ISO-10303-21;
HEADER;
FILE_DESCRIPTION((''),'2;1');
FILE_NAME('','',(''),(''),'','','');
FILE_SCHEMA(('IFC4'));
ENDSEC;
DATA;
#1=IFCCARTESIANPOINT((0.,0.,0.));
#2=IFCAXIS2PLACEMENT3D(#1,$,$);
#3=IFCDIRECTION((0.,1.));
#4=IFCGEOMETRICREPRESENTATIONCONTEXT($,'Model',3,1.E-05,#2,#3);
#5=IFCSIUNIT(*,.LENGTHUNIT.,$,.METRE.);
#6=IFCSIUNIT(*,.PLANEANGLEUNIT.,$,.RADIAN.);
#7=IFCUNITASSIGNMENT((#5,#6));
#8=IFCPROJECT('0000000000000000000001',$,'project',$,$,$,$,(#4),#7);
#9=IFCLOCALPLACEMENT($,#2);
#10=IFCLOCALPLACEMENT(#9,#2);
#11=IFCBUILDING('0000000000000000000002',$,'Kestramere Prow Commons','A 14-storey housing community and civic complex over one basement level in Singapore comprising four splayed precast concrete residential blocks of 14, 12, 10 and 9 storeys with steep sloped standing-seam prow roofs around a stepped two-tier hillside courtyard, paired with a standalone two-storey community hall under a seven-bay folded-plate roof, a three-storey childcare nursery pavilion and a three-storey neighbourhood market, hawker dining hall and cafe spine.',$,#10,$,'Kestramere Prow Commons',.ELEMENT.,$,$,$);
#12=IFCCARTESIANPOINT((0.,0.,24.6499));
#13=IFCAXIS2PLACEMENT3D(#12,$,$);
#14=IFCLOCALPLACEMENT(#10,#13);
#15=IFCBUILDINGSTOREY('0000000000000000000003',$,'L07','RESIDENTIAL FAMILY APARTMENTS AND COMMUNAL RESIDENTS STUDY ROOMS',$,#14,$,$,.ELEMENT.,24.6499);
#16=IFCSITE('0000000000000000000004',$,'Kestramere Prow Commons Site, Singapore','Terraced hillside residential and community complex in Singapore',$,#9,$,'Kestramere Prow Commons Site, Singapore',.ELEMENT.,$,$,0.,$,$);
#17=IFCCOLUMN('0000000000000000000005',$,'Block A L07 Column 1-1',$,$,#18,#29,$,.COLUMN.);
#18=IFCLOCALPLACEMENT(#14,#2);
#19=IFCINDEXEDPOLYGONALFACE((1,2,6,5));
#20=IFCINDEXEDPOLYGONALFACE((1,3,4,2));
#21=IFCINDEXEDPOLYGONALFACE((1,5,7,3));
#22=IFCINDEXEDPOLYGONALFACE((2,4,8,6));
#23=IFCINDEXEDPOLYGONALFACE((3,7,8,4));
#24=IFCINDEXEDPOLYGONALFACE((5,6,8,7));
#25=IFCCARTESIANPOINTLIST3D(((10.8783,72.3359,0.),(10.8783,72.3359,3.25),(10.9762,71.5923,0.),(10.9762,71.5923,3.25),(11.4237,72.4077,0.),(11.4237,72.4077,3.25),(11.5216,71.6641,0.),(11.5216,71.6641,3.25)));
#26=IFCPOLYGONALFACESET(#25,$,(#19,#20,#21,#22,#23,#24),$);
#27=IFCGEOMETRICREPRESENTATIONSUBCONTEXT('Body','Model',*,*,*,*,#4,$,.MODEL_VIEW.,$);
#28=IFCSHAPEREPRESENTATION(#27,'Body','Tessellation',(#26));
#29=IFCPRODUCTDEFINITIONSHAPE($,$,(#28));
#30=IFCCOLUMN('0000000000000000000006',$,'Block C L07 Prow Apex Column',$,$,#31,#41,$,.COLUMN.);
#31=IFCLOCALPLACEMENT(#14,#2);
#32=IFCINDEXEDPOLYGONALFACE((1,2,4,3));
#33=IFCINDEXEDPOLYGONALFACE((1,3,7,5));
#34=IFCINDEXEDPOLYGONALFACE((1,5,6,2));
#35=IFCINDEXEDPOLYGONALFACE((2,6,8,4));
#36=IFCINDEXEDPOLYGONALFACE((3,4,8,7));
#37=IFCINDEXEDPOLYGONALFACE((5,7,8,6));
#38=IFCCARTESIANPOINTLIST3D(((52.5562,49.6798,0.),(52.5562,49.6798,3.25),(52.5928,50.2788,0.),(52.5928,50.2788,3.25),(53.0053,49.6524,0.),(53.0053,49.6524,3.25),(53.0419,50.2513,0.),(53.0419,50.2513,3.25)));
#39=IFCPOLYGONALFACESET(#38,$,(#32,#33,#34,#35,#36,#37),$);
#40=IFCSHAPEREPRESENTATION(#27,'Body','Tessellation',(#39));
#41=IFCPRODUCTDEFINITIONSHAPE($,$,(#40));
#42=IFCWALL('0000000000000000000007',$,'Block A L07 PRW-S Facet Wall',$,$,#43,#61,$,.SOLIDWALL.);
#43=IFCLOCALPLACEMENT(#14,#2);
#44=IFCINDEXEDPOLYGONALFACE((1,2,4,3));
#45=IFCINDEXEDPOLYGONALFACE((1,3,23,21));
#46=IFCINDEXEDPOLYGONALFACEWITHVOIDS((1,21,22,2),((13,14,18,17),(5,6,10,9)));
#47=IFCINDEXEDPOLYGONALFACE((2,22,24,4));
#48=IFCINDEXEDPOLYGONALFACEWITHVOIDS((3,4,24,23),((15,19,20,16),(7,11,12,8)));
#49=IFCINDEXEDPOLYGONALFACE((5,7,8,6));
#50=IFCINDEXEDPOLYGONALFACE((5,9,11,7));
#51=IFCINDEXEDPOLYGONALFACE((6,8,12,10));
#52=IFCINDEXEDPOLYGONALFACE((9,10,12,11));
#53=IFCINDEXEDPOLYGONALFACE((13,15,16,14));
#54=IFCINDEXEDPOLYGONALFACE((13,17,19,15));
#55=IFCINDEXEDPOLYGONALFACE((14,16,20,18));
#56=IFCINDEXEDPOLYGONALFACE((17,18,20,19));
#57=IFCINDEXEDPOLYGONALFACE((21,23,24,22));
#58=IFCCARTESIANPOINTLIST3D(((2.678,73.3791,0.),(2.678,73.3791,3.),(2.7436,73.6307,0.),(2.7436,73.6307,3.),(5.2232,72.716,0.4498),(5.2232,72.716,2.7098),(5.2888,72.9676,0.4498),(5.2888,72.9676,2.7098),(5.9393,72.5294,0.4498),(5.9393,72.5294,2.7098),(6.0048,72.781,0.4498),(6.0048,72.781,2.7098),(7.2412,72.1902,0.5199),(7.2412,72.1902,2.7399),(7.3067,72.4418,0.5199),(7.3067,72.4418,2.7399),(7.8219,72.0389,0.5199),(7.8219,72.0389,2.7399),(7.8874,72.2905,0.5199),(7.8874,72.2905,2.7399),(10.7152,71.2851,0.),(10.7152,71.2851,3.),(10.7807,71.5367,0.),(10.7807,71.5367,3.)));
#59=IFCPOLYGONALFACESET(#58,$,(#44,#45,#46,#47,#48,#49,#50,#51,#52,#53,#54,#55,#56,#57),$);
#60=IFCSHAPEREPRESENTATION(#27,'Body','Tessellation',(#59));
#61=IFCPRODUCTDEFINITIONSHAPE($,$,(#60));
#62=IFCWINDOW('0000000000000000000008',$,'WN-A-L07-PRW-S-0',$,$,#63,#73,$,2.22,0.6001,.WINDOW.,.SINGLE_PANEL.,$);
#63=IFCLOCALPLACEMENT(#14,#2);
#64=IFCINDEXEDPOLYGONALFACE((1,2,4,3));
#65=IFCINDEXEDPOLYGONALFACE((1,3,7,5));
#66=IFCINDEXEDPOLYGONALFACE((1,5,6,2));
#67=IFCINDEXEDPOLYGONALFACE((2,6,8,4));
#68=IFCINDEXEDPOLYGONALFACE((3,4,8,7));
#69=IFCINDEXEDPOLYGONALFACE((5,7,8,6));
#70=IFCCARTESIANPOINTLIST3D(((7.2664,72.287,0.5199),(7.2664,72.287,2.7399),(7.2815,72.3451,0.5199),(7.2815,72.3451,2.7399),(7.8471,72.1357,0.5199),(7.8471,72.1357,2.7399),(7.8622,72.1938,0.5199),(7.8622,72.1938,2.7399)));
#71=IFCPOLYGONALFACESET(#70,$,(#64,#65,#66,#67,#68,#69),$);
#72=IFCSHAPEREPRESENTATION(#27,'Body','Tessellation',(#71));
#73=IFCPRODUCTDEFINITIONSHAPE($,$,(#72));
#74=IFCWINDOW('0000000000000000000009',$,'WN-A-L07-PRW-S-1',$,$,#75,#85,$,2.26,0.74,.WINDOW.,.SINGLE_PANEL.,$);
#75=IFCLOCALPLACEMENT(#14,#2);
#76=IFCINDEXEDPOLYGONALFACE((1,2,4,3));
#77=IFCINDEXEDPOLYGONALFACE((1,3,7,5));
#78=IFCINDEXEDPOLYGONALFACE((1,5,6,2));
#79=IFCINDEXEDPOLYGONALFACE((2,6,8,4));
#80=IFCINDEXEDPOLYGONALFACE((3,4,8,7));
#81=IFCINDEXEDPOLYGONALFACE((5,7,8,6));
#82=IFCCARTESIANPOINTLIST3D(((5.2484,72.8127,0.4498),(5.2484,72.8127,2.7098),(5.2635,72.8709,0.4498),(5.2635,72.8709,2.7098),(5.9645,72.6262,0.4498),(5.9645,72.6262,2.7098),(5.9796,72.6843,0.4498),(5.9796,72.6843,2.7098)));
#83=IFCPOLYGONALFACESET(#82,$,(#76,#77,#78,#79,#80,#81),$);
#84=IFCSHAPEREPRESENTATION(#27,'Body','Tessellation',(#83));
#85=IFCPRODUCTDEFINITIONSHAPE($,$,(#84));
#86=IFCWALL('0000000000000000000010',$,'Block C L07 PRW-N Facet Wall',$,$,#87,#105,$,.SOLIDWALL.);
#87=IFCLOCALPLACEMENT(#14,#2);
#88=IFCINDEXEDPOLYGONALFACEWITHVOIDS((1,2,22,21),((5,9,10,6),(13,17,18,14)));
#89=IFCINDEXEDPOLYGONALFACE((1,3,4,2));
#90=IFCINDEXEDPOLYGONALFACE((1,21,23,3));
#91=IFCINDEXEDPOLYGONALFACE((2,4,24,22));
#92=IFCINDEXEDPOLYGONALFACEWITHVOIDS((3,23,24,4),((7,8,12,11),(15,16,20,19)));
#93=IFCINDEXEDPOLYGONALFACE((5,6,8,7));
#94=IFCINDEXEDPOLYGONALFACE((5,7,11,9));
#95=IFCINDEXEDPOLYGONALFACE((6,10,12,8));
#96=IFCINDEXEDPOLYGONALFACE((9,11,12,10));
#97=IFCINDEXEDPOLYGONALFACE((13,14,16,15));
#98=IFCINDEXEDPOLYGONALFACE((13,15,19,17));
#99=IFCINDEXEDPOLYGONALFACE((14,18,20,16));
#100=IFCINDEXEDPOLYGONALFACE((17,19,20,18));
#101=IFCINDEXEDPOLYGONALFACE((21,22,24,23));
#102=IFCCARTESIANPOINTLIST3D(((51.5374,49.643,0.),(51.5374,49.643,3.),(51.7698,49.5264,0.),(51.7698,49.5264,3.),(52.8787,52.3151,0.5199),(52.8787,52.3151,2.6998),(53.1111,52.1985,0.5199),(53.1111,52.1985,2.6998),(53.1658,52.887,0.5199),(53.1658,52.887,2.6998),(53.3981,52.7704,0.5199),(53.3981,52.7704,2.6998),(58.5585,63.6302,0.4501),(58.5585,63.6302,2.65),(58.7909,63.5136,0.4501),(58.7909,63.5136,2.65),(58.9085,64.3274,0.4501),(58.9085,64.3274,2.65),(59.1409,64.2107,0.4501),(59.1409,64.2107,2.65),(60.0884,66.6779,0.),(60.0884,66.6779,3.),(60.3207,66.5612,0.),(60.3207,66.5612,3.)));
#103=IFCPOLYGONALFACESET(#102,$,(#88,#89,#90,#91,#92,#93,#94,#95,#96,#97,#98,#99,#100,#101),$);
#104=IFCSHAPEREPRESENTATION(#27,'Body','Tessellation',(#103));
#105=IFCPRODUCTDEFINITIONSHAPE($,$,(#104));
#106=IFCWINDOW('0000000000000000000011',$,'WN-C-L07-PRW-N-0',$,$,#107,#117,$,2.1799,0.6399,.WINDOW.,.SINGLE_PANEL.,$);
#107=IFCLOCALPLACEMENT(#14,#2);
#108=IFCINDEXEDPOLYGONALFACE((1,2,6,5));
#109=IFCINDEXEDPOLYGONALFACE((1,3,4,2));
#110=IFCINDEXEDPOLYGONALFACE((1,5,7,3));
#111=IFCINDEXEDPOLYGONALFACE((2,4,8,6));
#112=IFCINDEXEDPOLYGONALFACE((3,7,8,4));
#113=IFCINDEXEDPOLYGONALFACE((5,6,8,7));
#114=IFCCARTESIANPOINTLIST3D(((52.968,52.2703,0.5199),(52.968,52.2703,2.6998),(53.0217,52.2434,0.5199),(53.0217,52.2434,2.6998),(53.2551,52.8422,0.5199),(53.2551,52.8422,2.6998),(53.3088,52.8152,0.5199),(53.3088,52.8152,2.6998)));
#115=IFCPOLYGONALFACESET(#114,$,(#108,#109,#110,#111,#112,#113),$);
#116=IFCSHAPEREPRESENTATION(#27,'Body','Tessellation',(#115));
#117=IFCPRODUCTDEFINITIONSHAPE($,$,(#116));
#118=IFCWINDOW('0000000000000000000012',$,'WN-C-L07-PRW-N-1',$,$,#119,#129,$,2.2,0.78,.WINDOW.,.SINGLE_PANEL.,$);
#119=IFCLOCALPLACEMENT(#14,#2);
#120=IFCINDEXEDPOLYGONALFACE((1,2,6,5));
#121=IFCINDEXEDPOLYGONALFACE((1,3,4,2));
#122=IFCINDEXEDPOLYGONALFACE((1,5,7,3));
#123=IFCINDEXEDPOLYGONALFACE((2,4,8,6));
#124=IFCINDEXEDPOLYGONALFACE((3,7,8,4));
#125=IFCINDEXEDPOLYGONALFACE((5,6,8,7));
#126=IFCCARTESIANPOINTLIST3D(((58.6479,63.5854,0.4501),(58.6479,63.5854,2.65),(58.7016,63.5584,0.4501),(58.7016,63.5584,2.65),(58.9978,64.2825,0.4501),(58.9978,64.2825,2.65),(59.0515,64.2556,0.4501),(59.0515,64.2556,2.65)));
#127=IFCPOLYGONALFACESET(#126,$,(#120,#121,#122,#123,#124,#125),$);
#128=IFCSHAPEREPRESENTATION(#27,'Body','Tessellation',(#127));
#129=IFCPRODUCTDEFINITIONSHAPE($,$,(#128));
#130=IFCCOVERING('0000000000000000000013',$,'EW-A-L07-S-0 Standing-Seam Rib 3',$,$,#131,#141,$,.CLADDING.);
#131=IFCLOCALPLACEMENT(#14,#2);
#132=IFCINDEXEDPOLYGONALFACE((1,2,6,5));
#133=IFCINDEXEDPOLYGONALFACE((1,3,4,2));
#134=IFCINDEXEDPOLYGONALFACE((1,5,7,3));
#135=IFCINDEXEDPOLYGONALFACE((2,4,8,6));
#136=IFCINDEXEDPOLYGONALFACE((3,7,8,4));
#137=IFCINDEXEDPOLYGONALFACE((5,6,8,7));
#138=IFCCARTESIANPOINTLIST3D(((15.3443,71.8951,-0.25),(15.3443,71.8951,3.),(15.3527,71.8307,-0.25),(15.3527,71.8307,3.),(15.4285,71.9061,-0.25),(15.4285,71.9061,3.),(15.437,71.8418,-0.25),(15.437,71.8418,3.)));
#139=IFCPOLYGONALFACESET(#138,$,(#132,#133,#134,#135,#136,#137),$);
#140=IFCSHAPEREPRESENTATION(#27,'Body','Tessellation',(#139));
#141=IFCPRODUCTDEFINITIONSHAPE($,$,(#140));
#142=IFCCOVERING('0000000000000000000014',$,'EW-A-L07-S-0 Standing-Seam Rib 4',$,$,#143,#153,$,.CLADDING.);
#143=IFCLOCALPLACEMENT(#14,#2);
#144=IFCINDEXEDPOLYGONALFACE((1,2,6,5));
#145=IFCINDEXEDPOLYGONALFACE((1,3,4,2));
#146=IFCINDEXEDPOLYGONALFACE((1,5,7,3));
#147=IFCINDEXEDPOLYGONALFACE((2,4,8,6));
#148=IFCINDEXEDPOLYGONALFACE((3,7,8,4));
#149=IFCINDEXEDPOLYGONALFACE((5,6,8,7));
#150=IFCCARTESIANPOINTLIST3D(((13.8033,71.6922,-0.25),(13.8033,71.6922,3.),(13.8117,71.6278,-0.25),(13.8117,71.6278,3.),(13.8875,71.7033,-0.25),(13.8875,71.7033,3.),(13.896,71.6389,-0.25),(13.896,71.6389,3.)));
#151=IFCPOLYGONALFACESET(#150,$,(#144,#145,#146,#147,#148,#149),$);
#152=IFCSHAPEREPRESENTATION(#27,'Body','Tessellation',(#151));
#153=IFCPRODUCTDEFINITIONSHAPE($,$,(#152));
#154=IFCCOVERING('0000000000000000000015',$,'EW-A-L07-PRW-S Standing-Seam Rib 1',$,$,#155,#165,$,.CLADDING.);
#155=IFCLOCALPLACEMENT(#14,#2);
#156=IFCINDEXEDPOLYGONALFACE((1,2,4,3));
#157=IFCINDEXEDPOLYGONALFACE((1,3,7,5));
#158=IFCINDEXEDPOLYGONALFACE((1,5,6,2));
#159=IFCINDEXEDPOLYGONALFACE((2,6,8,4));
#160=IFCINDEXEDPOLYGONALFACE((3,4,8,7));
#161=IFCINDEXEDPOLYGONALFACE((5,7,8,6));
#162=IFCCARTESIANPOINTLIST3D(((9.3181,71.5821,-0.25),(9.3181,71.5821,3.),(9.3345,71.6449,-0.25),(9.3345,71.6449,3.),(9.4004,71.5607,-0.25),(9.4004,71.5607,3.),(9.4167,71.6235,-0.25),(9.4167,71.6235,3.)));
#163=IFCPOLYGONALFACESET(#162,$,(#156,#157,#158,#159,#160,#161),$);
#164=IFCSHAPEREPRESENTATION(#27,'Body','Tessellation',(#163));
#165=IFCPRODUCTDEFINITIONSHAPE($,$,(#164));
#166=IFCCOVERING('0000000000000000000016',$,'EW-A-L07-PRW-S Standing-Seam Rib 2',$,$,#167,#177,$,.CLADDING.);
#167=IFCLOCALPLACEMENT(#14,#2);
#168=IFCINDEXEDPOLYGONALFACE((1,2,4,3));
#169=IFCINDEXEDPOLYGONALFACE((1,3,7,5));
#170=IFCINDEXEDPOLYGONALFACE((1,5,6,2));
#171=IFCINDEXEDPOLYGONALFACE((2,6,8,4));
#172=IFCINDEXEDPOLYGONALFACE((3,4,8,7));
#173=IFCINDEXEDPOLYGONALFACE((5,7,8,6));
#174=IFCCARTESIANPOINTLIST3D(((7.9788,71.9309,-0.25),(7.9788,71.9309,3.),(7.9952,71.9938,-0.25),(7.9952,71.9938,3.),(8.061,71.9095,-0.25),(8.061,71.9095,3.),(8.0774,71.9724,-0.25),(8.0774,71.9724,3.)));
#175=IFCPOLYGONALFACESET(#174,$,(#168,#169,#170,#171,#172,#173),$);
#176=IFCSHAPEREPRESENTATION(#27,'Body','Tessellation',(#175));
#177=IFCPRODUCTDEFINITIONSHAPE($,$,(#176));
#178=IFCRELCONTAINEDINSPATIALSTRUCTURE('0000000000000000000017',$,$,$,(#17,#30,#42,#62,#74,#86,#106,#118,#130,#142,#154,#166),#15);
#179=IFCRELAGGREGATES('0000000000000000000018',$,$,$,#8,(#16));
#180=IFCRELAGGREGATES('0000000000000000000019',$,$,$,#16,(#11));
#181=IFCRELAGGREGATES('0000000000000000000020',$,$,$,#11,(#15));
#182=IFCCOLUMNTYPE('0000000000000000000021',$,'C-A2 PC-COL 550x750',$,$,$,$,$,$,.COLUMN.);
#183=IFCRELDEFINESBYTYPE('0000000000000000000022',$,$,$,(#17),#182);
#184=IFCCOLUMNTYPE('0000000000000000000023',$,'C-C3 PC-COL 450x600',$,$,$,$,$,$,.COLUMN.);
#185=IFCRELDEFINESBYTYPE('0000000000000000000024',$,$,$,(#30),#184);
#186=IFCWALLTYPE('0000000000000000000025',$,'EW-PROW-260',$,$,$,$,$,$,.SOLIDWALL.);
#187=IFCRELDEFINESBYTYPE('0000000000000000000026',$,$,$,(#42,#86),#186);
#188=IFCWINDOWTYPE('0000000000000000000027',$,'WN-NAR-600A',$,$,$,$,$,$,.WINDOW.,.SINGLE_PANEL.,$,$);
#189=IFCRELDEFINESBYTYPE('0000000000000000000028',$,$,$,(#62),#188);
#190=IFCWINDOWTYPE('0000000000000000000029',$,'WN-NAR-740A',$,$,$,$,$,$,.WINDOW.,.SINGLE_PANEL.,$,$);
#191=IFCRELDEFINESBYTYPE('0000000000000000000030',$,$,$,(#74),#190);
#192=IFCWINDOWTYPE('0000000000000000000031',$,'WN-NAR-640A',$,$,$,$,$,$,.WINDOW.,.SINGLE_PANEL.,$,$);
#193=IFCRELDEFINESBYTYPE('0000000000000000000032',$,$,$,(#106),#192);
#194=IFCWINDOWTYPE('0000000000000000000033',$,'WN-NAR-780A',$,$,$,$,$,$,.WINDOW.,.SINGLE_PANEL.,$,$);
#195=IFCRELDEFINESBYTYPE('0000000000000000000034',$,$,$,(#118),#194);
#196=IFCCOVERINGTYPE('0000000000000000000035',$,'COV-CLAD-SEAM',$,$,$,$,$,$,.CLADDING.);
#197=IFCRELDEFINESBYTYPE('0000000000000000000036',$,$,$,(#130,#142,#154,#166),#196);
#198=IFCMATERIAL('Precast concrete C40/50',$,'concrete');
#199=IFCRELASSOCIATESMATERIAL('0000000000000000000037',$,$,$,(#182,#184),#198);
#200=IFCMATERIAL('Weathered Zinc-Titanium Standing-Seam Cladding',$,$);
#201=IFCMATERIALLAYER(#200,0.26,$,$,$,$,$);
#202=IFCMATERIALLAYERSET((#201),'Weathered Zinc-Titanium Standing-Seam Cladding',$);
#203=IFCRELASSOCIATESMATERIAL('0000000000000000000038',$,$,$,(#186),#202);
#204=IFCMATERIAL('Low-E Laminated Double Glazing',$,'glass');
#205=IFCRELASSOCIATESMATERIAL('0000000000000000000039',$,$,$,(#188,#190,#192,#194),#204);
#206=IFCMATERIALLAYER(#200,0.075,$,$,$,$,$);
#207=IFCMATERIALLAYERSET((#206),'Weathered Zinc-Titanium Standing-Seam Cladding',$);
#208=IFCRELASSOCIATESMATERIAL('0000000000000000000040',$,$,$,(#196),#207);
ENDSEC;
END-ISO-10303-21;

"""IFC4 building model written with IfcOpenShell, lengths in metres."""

from ifc_helpers import new_model, si_unit, direction, frame, frame_2d, origin, origin_2d, place, context, subcontext, project, spatial, rectangle, extrude, material, layer, layer_set, material_profile, profile_set, type_object, element, fill, save


model = new_model("IFC4")

# Units and contexts
model_context = context("Model", 3, precision=1e-05, world=origin(), true_north=direction((0.0, 1.0)))
body_context = subcontext(model_context, "Body", "Model", "MODEL_VIEW")
ifc_project = project(units=[si_unit("LENGTHUNIT", "METRE"), si_unit("PLANEANGLEUNIT", "RADIAN")], contexts=[model_context])

# Site, building, storey
site_placement = place(None, origin())
site = spatial("IfcSite", under=ifc_project, at=site_placement, Name="Kestramere Prow Commons Site, Singapore", Description="Terraced hillside residential and community complex in Singapore", LongName="Kestramere Prow Commons Site, Singapore", CompositionType="ELEMENT", RefElevation=0.0)
building_placement = place(site_placement, origin())
building = spatial("IfcBuilding", under=site, at=building_placement, Name="Kestramere Prow Commons", Description="A 14-storey housing community and civic complex over one basement level in Singapore comprising four splayed precast concrete residential blocks of 14, 12, 10 and 9 storeys with steep sloped standing-seam prow roofs around a stepped two-tier hillside courtyard, paired with a standalone two-storey community hall under a seven-bay folded-plate roof, a three-storey childcare nursery pavilion and a three-storey neighbourhood market, hawker dining hall and cafe spine.", LongName="Kestramere Prow Commons", CompositionType="ELEMENT")
storey_placement = place(building_placement, frame((0.0, 0.0, 24.6499)))
storey = spatial("IfcBuildingStorey", under=building, at=storey_placement, Name="L07", Description="RESIDENTIAL FAMILY APARTMENTS AND COMMUNAL RESIDENTS STUDY ROOMS", CompositionType="ELEMENT", Elevation=24.6499)

# Columns
ifc_material_1 = material(Name="Precast concrete C40/50", Category="concrete")
ifc_material_profile_1 = material_profile(ifc_material_1, rectangle(XDim=0.55, YDim=0.75, at=origin_2d()), Name="PC-COL 550x750")
ifc_profile_set_1 = profile_set([ifc_material_profile_1], Name="Precast concrete C40/50")
column_type_1 = type_object("IfcColumnType", Name="C-A2 PC-COL 550x750", PredefinedType="COLUMN", material=ifc_profile_set_1)
column_1_placement = place(storey_placement, frame((11.2, 72.0, 0.0), z_axis=(0.0, 0.0, 1.0), x_axis=(0.991445, 0.130526, 0.0)))
element("IfcColumn", 1, at=column_1_placement, inside=storey, type_object=column_type_1, Name="Block A L07 Column 1-1", PredefinedType="COLUMN", context=body_context, shape_type="SweptSolid", body=[
    extrude(rectangle(XDim=0.55, YDim=0.75, at=origin_2d()), origin(), (0.0, 0.0, 1.0), 3.25),
])
ifc_material_profile_2 = material_profile(ifc_material_1, rectangle(XDim=0.45, YDim=0.6001, at=origin_2d()), Name="PC-COL 450x600")
ifc_profile_set_2 = profile_set([ifc_material_profile_2], Name="Precast concrete C40/50")
column_type_2 = type_object("IfcColumnType", Name="C-C3 PC-COL 450x600", PredefinedType="COLUMN", material=ifc_profile_set_2)
column_2_placement = place(storey_placement, frame((52.7991, 49.9656, 0.0), z_axis=(0.0, 0.0, 1.0), x_axis=(0.998135, -0.061049, 0.0)))
element("IfcColumn", 2, at=column_2_placement, inside=storey, type_object=column_type_2, Name="Block C L07 Prow Apex Column", PredefinedType="COLUMN", context=body_context, shape_type="SweptSolid", body=[
    extrude(rectangle(XDim=0.45, YDim=0.6001, at=origin_2d()), origin(), (0.0, 0.0, 1.0), 3.25),
])

# Walls, openings, windows
ifc_material_2 = material(Name="Weathered Zinc-Titanium Standing-Seam Cladding")
ifc_layer_1 = layer(ifc_material_2, 0.26)
ifc_layer_set_1 = layer_set([ifc_layer_1], Name="Weathered Zinc-Titanium Standing-Seam Cladding")
wall_type = type_object("IfcWallType", Name="EW-PROW-260", PredefinedType="SOLIDWALL", material=ifc_layer_set_1)
wall_1_placement = place(storey_placement, frame((10.748, 71.4109, 0.0), z_axis=(0.0, 0.0, 1.0), x_axis=(-0.967695, 0.252124, 0.0)))
wall_1 = element("IfcWall", 3, at=wall_1_placement, inside=storey, type_object=wall_type, Name="Block A L07 PRW-S Facet Wall", PredefinedType="SOLIDWALL", context=body_context, shape_type="SweptSolid", body=[
    extrude(rectangle(XDim=8.3054, YDim=0.26, at=frame_2d((4.1528, 0.0))), origin(), (0.0, 0.0, 1.0), 3.0),
])
opening_1_placement = place(wall_1_placement, frame((2.99, 0.0, 0.52)))
opening_1 = element("IfcOpeningElement", 4, at=opening_1_placement, cuts=wall_1, PredefinedType="OPENING", context=body_context, shape_type="SweptSolid", body=[
    extrude(rectangle(XDim=0.6001, YDim=2.22, at=frame_2d((0.3, 1.1099))), frame((0.0, 0.145, 0.0), z_axis=(0.0, -1.0, 0.0), x_axis=(1.0, 0.0, 0.0)), (0.0, 0.0, 1.0), 0.29),
])
opening_2_placement = place(wall_1_placement, frame((4.9353, 0.0, 0.45)))
opening_2 = element("IfcOpeningElement", 5, at=opening_2_placement, cuts=wall_1, PredefinedType="OPENING", context=body_context, shape_type="SweptSolid", body=[
    extrude(rectangle(XDim=0.74, YDim=2.26, at=frame_2d((0.3701, 1.1299))), frame((0.0, 0.145, 0.0), z_axis=(0.0, -1.0, 0.0), x_axis=(1.0, 0.0, 0.0)), (0.0, 0.0, 1.0), 0.29),
])
ifc_material_3 = material(Name="Low-E Laminated Double Glazing", Category="glass")
window_type_1 = type_object("IfcWindowType", Name="WN-NAR-600A", PartitioningType="SINGLE_PANEL", PredefinedType="WINDOW", material=ifc_material_3)
window_1_placement = place(opening_1_placement, origin())
window_1 = element("IfcWindow", 6, at=window_1_placement, inside=storey, type_object=window_type_1, Name="WN-A-L07-PRW-S-0", OverallHeight=2.22, OverallWidth=0.6001, PartitioningType="SINGLE_PANEL", PredefinedType="WINDOW", context=body_context, shape_type="SweptSolid", body=[
    extrude(rectangle(XDim=0.6001, YDim=2.22, at=frame_2d((0.3, 1.1099))), frame((0.0, 0.03, 0.0), z_axis=(0.0, -1.0, 0.0), x_axis=(1.0, 0.0, 0.0)), (0.0, 0.0, 1.0), 0.0601),
])
fill(opening_1, window_1)
window_type_2 = type_object("IfcWindowType", Name="WN-NAR-740A", PartitioningType="SINGLE_PANEL", PredefinedType="WINDOW", material=ifc_material_3)
window_2_placement = place(opening_2_placement, origin())
window_2 = element("IfcWindow", 7, at=window_2_placement, inside=storey, type_object=window_type_2, Name="WN-A-L07-PRW-S-1", OverallHeight=2.26, OverallWidth=0.74, PartitioningType="SINGLE_PANEL", PredefinedType="WINDOW", context=body_context, shape_type="SweptSolid", body=[
    extrude(rectangle(XDim=0.74, YDim=2.26, at=frame_2d((0.3701, 1.1299))), frame((0.0, 0.03, 0.0), z_axis=(0.0, -1.0, 0.0), x_axis=(1.0, 0.0, 0.0)), (0.0, 0.0, 1.0), 0.0601),
])
fill(opening_2, window_2)
wall_2_placement = place(storey_placement, frame((51.6536, 49.5847, 0.0), z_axis=(0.0, 0.0, 1.0), x_axis=(0.448622, 0.893722, 0.0)))
wall_2 = element("IfcWall", 8, at=wall_2_placement, inside=storey, type_object=wall_type, Name="Block C L07 PRW-N Facet Wall", PredefinedType="SOLIDWALL", context=body_context, shape_type="SweptSolid", body=[
    extrude(rectangle(XDim=19.0605, YDim=0.26, at=frame_2d((9.5303, 0.0))), origin(), (0.0, 0.0, 1.0), 3.0),
])
opening_3_placement = place(wall_2_placement, frame((2.99, 0.0, 0.52)))
opening_3 = element("IfcOpeningElement", 9, at=opening_3_placement, cuts=wall_2, PredefinedType="OPENING", context=body_context, shape_type="SweptSolid", body=[
    extrude(rectangle(XDim=0.6399, YDim=2.1799, at=frame_2d((0.3198, 1.0898))), frame((0.0, 0.145, 0.0), z_axis=(0.0, -1.0, 0.0), x_axis=(1.0, 0.0, 0.0)), (0.0, 0.0, 1.0), 0.29),
])
opening_4_placement = place(wall_2_placement, frame((15.6504, 0.0, 0.45)))
opening_4 = element("IfcOpeningElement", 10, at=opening_4_placement, cuts=wall_2, PredefinedType="OPENING", context=body_context, shape_type="SweptSolid", body=[
    extrude(rectangle(XDim=0.78, YDim=2.2, at=frame_2d((0.3901, 1.1001))), frame((0.0, 0.145, 0.0), z_axis=(0.0, -1.0, 0.0), x_axis=(1.0, 0.0, 0.0)), (0.0, 0.0, 1.0), 0.29),
])
window_type_3 = type_object("IfcWindowType", Name="WN-NAR-640A", PartitioningType="SINGLE_PANEL", PredefinedType="WINDOW", material=ifc_material_3)
window_3_placement = place(opening_3_placement, origin())
window_3 = element("IfcWindow", 11, at=window_3_placement, inside=storey, type_object=window_type_3, Name="WN-C-L07-PRW-N-0", OverallHeight=2.1799, OverallWidth=0.6399, PartitioningType="SINGLE_PANEL", PredefinedType="WINDOW", context=body_context, shape_type="SweptSolid", body=[
    extrude(rectangle(XDim=0.6399, YDim=2.1799, at=frame_2d((0.3198, 1.0898))), frame((0.0, 0.03, 0.0), z_axis=(0.0, -1.0, 0.0), x_axis=(1.0, 0.0, 0.0)), (0.0, 0.0, 1.0), 0.0601),
])
fill(opening_3, window_3)
window_type_4 = type_object("IfcWindowType", Name="WN-NAR-780A", PartitioningType="SINGLE_PANEL", PredefinedType="WINDOW", material=ifc_material_3)
window_4_placement = place(opening_4_placement, origin())
window_4 = element("IfcWindow", 12, at=window_4_placement, inside=storey, type_object=window_type_4, Name="WN-C-L07-PRW-N-1", OverallHeight=2.2, OverallWidth=0.78, PartitioningType="SINGLE_PANEL", PredefinedType="WINDOW", context=body_context, shape_type="SweptSolid", body=[
    extrude(rectangle(XDim=0.78, YDim=2.2, at=frame_2d((0.3901, 1.1001))), frame((0.0, 0.03, 0.0), z_axis=(0.0, -1.0, 0.0), x_axis=(1.0, 0.0, 0.0)), (0.0, 0.0, 1.0), 0.0601),
])
fill(opening_4, window_4)

# Coverings
ifc_layer_2 = layer(ifc_material_2, 0.075)
ifc_layer_set_2 = layer_set([ifc_layer_2], Name="Weathered Zinc-Titanium Standing-Seam Cladding")
covering_type = type_object("IfcCoveringType", Name="COV-CLAD-SEAM", PredefinedType="CLADDING", material=ifc_layer_set_2)
for number, where, z_axis, x_axis, name in (
    (13, (15.3906, 71.8684, -0.25), (0.0, 0.0, 1.0), (-0.991445, -0.130526, 0.0), "EW-A-L07-S-0 Standing-Seam Rib 3"),
    (14, (13.8496, 71.6655, -0.25), (0.0, 0.0, 1.0), (-0.991445, -0.130526, 0.0), "EW-A-L07-S-0 Standing-Seam Rib 4"),
    (15, (9.3674, 71.6028, -0.25), (0.0, 0.0, 1.0), (-0.967698, 0.252112, 0.0), "EW-A-L07-PRW-S Standing-Seam Rib 1"),
    (16, (8.0281, 71.9517, -0.25), (0.0, 0.0, 1.0), (-0.967698, 0.252112, 0.0), "EW-A-L07-PRW-S Standing-Seam Rib 2"),
):
    element("IfcCovering", number, at=place(storey_placement, frame(where, z_axis=z_axis, x_axis=x_axis)), inside=storey, type_object=covering_type, Name=name, PredefinedType="CLADDING", context=body_context, shape_type="SweptSolid", body=[
        extrude(rectangle(XDim=0.085, YDim=0.0649, at=origin_2d()), origin(), (0.0, 0.0, 1.0), 3.25),
    ])

save(model, "model.ifc")
